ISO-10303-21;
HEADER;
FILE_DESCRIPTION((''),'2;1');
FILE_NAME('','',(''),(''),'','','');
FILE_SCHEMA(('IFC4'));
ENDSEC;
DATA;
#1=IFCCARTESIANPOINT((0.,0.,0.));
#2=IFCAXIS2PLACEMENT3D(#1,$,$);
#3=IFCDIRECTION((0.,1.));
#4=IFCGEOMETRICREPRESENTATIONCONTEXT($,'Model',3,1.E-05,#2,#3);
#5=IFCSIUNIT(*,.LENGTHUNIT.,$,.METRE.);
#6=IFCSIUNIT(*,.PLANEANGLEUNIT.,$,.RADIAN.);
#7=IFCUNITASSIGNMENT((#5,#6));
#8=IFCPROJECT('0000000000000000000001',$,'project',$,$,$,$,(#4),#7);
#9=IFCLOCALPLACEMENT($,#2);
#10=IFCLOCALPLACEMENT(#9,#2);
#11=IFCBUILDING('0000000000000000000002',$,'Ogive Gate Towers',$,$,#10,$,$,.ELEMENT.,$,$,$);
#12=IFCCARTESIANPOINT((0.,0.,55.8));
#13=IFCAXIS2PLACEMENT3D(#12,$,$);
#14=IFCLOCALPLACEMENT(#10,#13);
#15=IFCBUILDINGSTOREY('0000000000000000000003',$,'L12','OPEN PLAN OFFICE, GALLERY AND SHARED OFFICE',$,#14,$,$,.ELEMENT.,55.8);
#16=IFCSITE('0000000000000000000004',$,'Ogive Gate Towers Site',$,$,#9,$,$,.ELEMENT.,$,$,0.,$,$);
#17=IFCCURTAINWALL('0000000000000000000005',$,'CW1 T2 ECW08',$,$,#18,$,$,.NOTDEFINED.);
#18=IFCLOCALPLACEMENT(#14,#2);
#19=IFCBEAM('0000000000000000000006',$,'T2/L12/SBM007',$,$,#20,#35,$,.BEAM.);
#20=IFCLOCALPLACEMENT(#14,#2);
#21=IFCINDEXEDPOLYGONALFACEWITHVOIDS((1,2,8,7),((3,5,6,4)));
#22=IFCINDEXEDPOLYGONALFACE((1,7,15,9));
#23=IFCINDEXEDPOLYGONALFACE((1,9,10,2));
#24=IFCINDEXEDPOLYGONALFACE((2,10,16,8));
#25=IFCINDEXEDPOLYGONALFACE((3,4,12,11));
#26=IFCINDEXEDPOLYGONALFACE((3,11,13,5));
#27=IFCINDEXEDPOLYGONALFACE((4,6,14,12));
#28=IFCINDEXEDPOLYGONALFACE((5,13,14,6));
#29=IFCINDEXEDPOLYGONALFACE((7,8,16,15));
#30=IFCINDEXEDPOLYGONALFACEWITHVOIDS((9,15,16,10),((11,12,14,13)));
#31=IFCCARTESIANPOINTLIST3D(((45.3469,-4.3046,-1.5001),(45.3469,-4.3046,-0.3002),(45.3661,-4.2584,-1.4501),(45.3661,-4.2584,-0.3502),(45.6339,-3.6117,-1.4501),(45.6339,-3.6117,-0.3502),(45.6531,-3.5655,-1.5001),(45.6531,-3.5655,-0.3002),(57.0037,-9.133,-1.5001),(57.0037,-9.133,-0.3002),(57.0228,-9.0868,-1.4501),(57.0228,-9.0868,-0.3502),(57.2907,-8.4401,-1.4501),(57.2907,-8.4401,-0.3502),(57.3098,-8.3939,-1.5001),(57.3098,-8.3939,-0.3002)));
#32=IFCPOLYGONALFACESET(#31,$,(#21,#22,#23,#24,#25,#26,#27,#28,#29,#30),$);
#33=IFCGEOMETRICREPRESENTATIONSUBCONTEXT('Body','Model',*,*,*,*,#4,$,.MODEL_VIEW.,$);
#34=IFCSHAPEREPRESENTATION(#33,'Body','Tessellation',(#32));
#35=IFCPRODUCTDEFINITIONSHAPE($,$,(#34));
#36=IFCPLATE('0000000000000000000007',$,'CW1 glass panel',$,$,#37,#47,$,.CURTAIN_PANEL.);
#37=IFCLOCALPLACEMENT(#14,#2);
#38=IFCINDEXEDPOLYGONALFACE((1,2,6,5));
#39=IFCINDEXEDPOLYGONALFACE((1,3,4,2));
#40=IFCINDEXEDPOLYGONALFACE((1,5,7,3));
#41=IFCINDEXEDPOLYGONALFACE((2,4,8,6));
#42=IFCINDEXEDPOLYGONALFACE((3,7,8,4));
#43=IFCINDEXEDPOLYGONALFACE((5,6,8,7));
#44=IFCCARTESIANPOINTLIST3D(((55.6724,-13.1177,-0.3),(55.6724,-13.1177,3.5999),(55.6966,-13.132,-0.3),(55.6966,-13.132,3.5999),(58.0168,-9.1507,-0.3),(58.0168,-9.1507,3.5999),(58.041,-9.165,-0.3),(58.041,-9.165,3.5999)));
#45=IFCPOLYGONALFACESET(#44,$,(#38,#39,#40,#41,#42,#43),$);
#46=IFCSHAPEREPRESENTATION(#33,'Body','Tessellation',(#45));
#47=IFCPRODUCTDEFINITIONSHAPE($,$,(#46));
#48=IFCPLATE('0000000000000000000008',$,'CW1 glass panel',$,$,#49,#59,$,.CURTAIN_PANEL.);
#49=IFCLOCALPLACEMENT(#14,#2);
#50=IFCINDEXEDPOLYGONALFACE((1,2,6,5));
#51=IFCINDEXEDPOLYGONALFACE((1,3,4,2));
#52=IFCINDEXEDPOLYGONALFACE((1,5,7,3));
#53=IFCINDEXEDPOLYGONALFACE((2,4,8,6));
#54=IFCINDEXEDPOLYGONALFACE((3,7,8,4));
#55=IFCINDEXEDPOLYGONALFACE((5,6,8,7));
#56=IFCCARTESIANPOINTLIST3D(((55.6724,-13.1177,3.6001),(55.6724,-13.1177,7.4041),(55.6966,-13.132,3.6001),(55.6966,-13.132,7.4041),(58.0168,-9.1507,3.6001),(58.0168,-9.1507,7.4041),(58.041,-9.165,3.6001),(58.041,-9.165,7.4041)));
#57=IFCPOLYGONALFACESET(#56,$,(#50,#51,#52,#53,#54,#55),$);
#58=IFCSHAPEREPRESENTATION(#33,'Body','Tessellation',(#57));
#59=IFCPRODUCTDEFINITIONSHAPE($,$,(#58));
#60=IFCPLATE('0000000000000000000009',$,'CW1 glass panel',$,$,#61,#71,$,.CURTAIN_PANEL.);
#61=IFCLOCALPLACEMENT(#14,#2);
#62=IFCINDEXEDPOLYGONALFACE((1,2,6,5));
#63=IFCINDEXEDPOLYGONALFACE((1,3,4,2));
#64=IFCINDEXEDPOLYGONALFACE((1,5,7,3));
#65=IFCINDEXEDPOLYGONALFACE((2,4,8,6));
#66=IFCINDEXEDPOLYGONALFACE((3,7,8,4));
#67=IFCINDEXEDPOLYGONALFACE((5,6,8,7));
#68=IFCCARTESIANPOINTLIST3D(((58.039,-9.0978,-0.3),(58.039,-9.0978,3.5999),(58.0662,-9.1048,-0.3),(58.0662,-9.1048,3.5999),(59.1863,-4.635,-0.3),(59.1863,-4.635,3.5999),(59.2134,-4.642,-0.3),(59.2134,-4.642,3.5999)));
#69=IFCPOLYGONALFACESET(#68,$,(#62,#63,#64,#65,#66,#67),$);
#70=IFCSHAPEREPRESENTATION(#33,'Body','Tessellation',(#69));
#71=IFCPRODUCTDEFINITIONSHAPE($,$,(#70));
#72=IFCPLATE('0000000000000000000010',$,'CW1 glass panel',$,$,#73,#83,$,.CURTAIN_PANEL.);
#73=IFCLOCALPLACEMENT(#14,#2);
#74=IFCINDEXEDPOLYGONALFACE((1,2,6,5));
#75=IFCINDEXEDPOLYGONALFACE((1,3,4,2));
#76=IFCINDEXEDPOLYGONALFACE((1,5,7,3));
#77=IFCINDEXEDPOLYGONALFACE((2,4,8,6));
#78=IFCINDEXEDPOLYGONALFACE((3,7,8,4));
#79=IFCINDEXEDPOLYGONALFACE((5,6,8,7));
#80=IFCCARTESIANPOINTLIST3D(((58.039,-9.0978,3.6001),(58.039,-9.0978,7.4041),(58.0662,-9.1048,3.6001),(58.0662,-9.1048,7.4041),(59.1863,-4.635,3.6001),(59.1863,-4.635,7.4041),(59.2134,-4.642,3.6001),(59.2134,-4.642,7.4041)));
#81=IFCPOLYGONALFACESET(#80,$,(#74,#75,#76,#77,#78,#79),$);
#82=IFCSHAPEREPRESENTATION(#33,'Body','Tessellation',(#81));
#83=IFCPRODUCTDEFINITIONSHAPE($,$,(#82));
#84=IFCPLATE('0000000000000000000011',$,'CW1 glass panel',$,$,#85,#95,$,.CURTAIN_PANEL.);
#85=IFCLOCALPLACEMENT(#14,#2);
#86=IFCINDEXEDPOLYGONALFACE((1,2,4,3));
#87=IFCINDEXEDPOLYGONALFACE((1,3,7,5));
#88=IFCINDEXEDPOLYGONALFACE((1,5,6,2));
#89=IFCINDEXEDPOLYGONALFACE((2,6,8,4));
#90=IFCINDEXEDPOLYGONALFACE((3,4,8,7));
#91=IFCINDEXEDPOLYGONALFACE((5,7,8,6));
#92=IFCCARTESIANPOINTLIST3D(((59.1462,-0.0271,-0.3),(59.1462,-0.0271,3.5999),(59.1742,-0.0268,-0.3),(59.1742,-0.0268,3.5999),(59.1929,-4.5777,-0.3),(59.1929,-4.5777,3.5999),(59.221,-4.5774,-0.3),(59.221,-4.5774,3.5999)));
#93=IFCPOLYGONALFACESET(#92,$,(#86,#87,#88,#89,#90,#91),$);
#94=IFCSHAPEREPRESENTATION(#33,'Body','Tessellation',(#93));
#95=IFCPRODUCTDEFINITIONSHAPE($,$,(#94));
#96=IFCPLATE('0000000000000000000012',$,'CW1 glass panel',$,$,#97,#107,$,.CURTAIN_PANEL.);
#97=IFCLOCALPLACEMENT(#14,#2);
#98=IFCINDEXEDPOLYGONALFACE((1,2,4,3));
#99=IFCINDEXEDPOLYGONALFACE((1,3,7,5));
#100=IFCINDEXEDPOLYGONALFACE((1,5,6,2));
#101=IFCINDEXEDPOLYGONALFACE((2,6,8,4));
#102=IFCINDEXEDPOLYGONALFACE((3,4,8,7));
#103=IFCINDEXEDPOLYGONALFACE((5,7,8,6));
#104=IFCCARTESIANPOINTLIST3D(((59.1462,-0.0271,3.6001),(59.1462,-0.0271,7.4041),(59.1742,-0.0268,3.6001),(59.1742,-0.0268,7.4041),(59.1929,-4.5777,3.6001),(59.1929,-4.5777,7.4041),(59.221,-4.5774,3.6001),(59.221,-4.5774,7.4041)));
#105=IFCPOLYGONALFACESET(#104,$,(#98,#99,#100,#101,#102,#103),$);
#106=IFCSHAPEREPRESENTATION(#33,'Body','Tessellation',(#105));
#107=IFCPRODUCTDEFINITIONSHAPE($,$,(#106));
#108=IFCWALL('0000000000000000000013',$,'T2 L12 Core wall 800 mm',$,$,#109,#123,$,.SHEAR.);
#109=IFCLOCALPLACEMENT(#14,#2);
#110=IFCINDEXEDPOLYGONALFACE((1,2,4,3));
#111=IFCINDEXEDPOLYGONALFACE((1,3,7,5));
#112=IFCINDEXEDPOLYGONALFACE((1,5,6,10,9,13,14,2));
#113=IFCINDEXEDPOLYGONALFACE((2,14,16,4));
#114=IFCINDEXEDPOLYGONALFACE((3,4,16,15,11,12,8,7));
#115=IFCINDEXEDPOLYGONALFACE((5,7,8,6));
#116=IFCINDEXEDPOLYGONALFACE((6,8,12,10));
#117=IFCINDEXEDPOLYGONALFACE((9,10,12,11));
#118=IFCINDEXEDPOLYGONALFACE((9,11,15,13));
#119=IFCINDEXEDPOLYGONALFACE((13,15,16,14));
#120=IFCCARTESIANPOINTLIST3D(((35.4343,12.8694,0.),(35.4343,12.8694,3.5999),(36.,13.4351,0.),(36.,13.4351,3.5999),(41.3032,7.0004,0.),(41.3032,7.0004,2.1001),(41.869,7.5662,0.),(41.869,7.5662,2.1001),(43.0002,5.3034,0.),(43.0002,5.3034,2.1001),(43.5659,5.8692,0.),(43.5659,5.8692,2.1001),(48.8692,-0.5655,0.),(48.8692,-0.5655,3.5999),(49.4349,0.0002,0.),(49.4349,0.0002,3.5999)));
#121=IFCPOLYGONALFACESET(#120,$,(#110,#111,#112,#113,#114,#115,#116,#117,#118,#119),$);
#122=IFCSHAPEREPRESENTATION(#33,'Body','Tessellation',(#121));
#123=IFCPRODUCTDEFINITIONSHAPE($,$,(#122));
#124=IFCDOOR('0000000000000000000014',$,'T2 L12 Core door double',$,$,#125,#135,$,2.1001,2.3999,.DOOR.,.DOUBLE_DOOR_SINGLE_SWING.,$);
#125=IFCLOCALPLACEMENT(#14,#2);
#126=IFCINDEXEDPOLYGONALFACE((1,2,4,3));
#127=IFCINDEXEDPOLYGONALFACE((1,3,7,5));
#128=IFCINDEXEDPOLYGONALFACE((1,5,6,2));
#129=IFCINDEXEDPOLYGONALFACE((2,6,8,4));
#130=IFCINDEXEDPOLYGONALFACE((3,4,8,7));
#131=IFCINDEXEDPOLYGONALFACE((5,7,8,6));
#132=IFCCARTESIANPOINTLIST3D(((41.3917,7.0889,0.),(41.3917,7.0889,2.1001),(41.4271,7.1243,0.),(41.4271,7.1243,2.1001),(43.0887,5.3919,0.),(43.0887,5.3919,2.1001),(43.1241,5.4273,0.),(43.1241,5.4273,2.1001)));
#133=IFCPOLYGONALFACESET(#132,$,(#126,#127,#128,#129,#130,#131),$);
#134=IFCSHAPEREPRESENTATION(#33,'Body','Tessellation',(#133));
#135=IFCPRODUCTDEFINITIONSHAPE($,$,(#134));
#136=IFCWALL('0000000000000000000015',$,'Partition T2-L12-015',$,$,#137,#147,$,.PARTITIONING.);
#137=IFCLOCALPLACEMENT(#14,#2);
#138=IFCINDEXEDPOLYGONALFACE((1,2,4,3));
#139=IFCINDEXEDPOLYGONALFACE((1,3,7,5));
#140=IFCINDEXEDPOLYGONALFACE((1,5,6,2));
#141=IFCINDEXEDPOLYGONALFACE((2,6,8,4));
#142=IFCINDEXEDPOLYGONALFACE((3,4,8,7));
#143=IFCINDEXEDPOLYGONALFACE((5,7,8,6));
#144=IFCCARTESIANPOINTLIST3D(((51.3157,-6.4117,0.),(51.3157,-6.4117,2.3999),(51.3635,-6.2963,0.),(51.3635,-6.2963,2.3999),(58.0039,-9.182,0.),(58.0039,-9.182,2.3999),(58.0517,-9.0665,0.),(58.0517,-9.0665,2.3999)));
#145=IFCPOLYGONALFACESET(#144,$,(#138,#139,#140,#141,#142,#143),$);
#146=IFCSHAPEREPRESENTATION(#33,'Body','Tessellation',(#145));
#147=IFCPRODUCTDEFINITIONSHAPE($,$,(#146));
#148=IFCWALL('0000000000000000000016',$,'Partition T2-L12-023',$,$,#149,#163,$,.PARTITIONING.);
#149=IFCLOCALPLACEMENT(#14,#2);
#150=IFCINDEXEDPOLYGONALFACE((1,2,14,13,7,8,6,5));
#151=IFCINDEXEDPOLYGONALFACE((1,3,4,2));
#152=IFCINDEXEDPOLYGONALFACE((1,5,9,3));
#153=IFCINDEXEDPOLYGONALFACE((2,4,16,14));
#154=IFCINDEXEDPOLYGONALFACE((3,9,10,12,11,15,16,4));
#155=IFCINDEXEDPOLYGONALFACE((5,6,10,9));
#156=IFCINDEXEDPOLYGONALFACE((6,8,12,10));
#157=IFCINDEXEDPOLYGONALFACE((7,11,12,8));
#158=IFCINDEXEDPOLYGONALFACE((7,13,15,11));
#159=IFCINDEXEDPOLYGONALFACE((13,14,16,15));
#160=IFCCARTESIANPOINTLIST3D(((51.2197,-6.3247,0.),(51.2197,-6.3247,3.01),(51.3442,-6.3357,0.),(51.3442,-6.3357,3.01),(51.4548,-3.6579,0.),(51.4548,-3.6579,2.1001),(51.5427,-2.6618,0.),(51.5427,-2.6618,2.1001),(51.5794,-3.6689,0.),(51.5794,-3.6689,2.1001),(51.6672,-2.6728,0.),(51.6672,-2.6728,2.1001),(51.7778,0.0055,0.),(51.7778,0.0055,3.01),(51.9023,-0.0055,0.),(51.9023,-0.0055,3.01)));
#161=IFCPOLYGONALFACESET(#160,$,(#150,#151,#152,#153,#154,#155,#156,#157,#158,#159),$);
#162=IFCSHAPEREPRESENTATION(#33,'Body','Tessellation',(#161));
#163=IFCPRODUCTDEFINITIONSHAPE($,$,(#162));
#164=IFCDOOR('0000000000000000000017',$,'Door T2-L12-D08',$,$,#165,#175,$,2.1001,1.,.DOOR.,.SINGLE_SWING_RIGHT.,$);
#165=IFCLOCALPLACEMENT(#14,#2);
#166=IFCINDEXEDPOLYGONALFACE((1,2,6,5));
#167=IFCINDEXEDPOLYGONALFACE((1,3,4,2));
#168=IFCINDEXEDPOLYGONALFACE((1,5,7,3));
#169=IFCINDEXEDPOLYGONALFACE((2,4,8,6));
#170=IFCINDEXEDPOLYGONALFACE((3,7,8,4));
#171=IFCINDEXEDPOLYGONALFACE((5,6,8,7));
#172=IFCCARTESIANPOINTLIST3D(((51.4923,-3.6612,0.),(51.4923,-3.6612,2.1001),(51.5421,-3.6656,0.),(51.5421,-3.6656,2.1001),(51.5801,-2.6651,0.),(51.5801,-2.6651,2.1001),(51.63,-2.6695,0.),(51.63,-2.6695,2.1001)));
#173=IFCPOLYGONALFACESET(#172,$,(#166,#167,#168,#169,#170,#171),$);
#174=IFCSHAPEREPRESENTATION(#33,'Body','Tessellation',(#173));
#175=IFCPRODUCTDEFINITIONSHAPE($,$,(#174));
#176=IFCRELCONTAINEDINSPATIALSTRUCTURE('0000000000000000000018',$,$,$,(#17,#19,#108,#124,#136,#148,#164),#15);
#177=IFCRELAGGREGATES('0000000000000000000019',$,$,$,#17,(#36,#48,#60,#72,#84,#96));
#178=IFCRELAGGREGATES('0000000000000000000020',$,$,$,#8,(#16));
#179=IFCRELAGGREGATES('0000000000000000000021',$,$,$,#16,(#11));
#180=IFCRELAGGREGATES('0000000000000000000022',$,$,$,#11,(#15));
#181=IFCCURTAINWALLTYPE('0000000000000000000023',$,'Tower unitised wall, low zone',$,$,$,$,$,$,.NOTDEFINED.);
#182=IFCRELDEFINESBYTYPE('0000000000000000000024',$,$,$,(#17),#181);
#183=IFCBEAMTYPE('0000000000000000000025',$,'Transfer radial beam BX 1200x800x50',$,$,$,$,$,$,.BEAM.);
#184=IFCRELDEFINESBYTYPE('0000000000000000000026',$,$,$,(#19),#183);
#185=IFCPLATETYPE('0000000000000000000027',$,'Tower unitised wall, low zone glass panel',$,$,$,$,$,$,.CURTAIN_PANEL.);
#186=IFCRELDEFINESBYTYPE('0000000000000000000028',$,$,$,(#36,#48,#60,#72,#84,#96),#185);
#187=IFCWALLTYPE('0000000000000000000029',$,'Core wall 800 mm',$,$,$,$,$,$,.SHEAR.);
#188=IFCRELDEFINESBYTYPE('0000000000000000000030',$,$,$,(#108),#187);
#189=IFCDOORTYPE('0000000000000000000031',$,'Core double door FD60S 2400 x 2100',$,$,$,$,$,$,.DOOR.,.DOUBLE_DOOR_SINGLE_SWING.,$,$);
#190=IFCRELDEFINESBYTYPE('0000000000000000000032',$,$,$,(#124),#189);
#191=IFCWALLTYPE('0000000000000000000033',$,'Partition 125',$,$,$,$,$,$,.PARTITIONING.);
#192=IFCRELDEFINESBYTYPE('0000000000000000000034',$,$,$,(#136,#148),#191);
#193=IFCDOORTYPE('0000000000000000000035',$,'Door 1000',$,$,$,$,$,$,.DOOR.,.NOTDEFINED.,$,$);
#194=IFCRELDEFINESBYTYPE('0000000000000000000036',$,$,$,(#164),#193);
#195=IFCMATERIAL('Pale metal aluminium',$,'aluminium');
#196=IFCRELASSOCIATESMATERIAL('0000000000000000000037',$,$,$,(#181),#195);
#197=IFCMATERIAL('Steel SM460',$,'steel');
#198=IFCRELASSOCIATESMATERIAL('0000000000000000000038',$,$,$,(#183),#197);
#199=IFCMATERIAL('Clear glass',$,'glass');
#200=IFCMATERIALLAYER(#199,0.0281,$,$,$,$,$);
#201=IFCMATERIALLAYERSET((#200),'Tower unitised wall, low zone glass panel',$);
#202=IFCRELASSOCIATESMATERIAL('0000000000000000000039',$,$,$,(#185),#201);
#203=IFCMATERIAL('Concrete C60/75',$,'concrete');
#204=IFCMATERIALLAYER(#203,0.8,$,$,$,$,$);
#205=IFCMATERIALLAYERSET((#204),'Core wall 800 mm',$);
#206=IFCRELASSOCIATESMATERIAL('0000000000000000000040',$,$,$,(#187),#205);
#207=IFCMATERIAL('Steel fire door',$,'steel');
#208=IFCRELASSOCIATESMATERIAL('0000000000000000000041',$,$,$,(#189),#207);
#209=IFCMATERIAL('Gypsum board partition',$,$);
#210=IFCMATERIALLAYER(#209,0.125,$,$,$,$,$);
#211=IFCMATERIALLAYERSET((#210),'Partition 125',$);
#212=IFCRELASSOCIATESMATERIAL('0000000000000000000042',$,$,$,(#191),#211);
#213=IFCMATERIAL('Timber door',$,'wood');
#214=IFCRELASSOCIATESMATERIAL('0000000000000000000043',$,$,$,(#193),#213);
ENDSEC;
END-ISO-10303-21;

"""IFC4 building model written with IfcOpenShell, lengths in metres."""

from ifc_helpers import new_model, si_unit, direction, frame, frame_2d, origin, origin_2d, place, context, subcontext, project, spatial, rectangle, hollow_rectangle, extrude, material, layer, layer_set, material_profile, profile_set, type_object, element, fill, aggregate, save


model = new_model("IFC4")

# Units and contexts
model_context = context("Model", 3, precision=1e-05, world=origin(), true_north=direction((0.0, 1.0)))
body_context = subcontext(model_context, "Body", "Model", "MODEL_VIEW")
ifc_project = project(units=[si_unit("LENGTHUNIT", "METRE"), si_unit("PLANEANGLEUNIT", "RADIAN")], contexts=[model_context])

# Site, building, storey
site_placement = place(None, origin())
site = spatial("IfcSite", under=ifc_project, at=site_placement, Name="Ogive Gate Towers Site", CompositionType="ELEMENT", RefElevation=0.0)
building_placement = place(site_placement, origin())
building = spatial("IfcBuilding", under=site, at=building_placement, Name="Ogive Gate Towers", CompositionType="ELEMENT")
storey_placement = place(building_placement, frame((0.0, 0.0, 55.8)))
storey = spatial("IfcBuildingStorey", under=building, at=storey_placement, Name="L12", Description="OPEN PLAN OFFICE, GALLERY AND SHARED OFFICE", CompositionType="ELEMENT", Elevation=55.8)

# Shared definitions
ifc_material_1 = material(Name="Steel SM460", Category="steel")

# Curtain wall
ifc_material_2 = material(Name="Pale metal aluminium", Category="aluminium")
curtain_wall_type = type_object("IfcCurtainWallType", Name="Tower unitised wall, low zone", PredefinedType="NOTDEFINED", material=ifc_material_2)
curtain_wall_placement = place(storey_placement, origin())
curtain_wall = element("IfcCurtainWall", 1, at=curtain_wall_placement, inside=storey, type_object=curtain_wall_type, Name="CW1 T2 ECW08", PredefinedType="NOTDEFINED")

# Beam
ifc_material_profile_1 = material_profile(ifc_material_1, hollow_rectangle(XDim=0.8, YDim=1.2, WallThickness=0.05, at=origin_2d()), Name="BX 1200x800x50")
ifc_profile_set_1 = profile_set([ifc_material_profile_1], Name="Steel SM460")
beam_type_1 = type_object("IfcBeamType", Name="Transfer radial beam BX 1200x800x50", PredefinedType="BEAM", material=ifc_profile_set_1)
beam_1_placement = place(storey_placement, frame((45.5, -3.9351, -0.9001), z_axis=(0.92388, -0.382683, 0.0), x_axis=(0.382683, 0.92388, 0.0)))
element("IfcBeam", 2, at=beam_1_placement, inside=storey, type_object=beam_type_1, Name="T2/L12/SBM007", PredefinedType="BEAM", context=body_context, shape_type="SweptSolid", body=[
    extrude(hollow_rectangle(XDim=0.8, YDim=1.2, WallThickness=0.05, at=origin_2d()), origin(), (0.0, 0.0, 1.0), 12.6172),
])

# Plates
ifc_material_3 = material(Name="Clear glass", Category="glass")
ifc_layer_1 = layer(ifc_material_3, 0.0281)
ifc_layer_set_1 = layer_set([ifc_layer_1], Name="Tower unitised wall, low zone glass panel")
plate_type = type_object("IfcPlateType", Name="Tower unitised wall, low zone glass panel", PredefinedType="CURTAIN_PANEL", material=ifc_layer_set_1)
plate_1_placement = place(storey_placement, frame((56.8567, -11.1414, -0.3), z_axis=(0.0, 0.0, 1.0), x_axis=(0.508771, 0.860902, 0.0)))
plate_1 = element("IfcPlate", 3, at=plate_1_placement, type_object=plate_type, Name="CW1 glass panel", PredefinedType="CURTAIN_PANEL", context=body_context, shape_type="SweptSolid", body=[
    extrude(rectangle(XDim=4.6079, YDim=0.0281, at=origin_2d()), origin(), (0.0, 0.0, 1.0), 3.8999),
])
plate_2_placement = place(storey_placement, frame((56.8567, -11.1414, 3.6001), z_axis=(0.0, 0.0, 1.0), x_axis=(0.508771, 0.860902, 0.0)))
plate_2 = element("IfcPlate", 4, at=plate_2_placement, type_object=plate_type, Name="CW1 glass panel", PredefinedType="CURTAIN_PANEL", context=body_context, shape_type="SweptSolid", body=[
    extrude(rectangle(XDim=4.6079, YDim=0.0281, at=origin_2d()), origin(), (0.0, 0.0, 1.0), 3.804),
])
plate_3_placement = place(storey_placement, frame((58.6262, -6.8699, -0.3), z_axis=(0.0, 0.0, 1.0), x_axis=(0.248977, 0.968509, 0.0)))
plate_3 = element("IfcPlate", 5, at=plate_3_placement, type_object=plate_type, Name="CW1 glass panel", PredefinedType="CURTAIN_PANEL", context=body_context, shape_type="SweptSolid", body=[
    extrude(rectangle(XDim=4.6079, YDim=0.0281, at=origin_2d()), origin(), (0.0, 0.0, 1.0), 3.8999),
])
plate_4_placement = place(storey_placement, frame((58.6262, -6.8699, 3.6001), z_axis=(0.0, 0.0, 1.0), x_axis=(0.248977, 0.968509, 0.0)))
plate_4 = element("IfcPlate", 6, at=plate_4_placement, type_object=plate_type, Name="CW1 glass panel", PredefinedType="CURTAIN_PANEL", context=body_context, shape_type="SweptSolid", body=[
    extrude(rectangle(XDim=4.6079, YDim=0.0281, at=origin_2d()), origin(), (0.0, 0.0, 1.0), 3.804),
])
plate_5_placement = place(storey_placement, frame((59.1836, -2.3022, -0.3), z_axis=(0.0, 0.0, 1.0), x_axis=(-0.01028, 0.999947, 0.0)))
plate_5 = element("IfcPlate", 7, at=plate_5_placement, type_object=plate_type, Name="CW1 glass panel", PredefinedType="CURTAIN_PANEL", context=body_context, shape_type="SweptSolid", body=[
    extrude(rectangle(XDim=4.5508, YDim=0.0281, at=origin_2d()), origin(), (0.0, 0.0, 1.0), 3.8999),
])
plate_6_placement = place(storey_placement, frame((59.1836, -2.3022, 3.6001), z_axis=(0.0, 0.0, 1.0), x_axis=(-0.01028, 0.999947, 0.0)))
plate_6 = element("IfcPlate", 8, at=plate_6_placement, type_object=plate_type, Name="CW1 glass panel", PredefinedType="CURTAIN_PANEL", context=body_context, shape_type="SweptSolid", body=[
    extrude(rectangle(XDim=4.5508, YDim=0.0281, at=origin_2d()), origin(), (0.0, 0.0, 1.0), 3.804),
])
aggregate(curtain_wall, [plate_1, plate_2, plate_3, plate_4, plate_5, plate_6])

# Wall, opening, door
ifc_material_4 = material(Name="Concrete C60/75", Category="concrete")
ifc_layer_2 = layer(ifc_material_4, 0.8)
ifc_layer_set_2 = layer_set([ifc_layer_2], Name="Core wall 800 mm")
wall_type_1 = type_object("IfcWallType", Name="Core wall 800 mm", PredefinedType="SHEAR", material=ifc_layer_set_2)
wall_1_placement = place(storey_placement, frame((49.1521, -0.2827, 0.0), z_axis=(0.0, 0.0, 1.0), x_axis=(-0.707107, 0.707107, 0.0)))
wall_1 = element("IfcWall", 9, at=wall_1_placement, inside=storey, type_object=wall_type_1, Name="T2 L12 Core wall 800 mm", PredefinedType="SHEAR", context=body_context, shape_type="SweptSolid", body=[
    extrude(rectangle(XDim=18.9998, YDim=0.8, at=frame_2d((9.5, 0.0))), origin(), (0.0, 0.0, 1.0), 3.5999),
])
opening_1_placement = place(wall_1_placement, frame((8.3, 0.0, 0.0)))
opening_1 = element("IfcOpeningElement", 10, at=opening_1_placement, cuts=wall_1, PredefinedType="OPENING", context=body_context, shape_type="SweptSolid", body=[
    extrude(rectangle(XDim=2.3999, YDim=2.1001, at=frame_2d((1.2, 1.05))), frame((0.0, 0.4102, 0.0), z_axis=(0.0, -1.0, 0.0), x_axis=(1.0, 0.0, 0.0)), (0.0, 0.0, 1.0), 0.8201),
])
ifc_material_5 = material(Name="Steel fire door", Category="steel")
door_type_1 = type_object("IfcDoorType", Name="Core double door FD60S 2400 x 2100", OperationType="DOUBLE_DOOR_SINGLE_SWING", PredefinedType="DOOR", material=ifc_material_5)
door_1_placement = place(opening_1_placement, origin())
door_1 = element("IfcDoor", 11, at=door_1_placement, inside=storey, type_object=door_type_1, Name="T2 L12 Core door double", OperationType="DOUBLE_DOOR_SINGLE_SWING", OverallHeight=2.1001, OverallWidth=2.3999, PredefinedType="DOOR", context=body_context, shape_type="SweptSolid", body=[
    extrude(rectangle(XDim=2.3999, YDim=2.1001, at=frame_2d((1.2, 1.05))), frame((0.0, 0.2749, 0.0), z_axis=(0.0, -1.0, 0.0), x_axis=(1.0, 0.0, 0.0)), (0.0, 0.0, 1.0), 0.05),
])
fill(opening_1, door_1)

# Wall
ifc_material_6 = material(Name="Gypsum board partition")
ifc_layer_3 = layer(ifc_material_6, 0.125)
ifc_layer_set_3 = layer_set([ifc_layer_3], Name="Partition 125")
wall_type_2 = type_object("IfcWallType", Name="Partition 125", PredefinedType="PARTITIONING", material=ifc_layer_set_3)
wall_2_placement = place(storey_placement, frame((58.0278, -9.1243, 0.0), z_axis=(0.0, 0.0, 1.0), x_axis=(-0.923884, 0.382672, 0.0)))
element("IfcWall", 12, at=wall_2_placement, inside=storey, type_object=wall_type_2, Name="Partition T2-L12-015", PredefinedType="PARTITIONING", context=body_context, shape_type="SweptSolid", body=[
    extrude(rectangle(XDim=7.2393, YDim=0.125, at=frame_2d((3.6196, 0.0))), origin(), (0.0, 0.0, 1.0), 2.3999),
])

# Wall, opening, door
wall_3_placement = place(storey_placement, frame((51.282, -6.3301, 0.0), z_axis=(0.0, 0.0, 1.0), x_axis=(0.087827, 0.996136, 0.0)))
wall_3 = element("IfcWall", 13, at=wall_3_placement, inside=storey, type_object=wall_type_2, Name="Partition T2-L12-023", PredefinedType="PARTITIONING", context=body_context, shape_type="SweptSolid", body=[
    extrude(rectangle(XDim=6.3547, YDim=0.125, at=frame_2d((3.1772, 0.0))), origin(), (0.0, 0.0, 1.0), 3.01),
])
opening_2_placement = place(wall_3_placement, frame((2.677, 0.0, 0.0)))
opening_2 = element("IfcOpeningElement", 14, at=opening_2_placement, cuts=wall_3, PredefinedType="OPENING", context=body_context, shape_type="SweptSolid", body=[
    extrude(rectangle(XDim=1.0, YDim=2.1001, at=frame_2d((0.5, 1.05))), frame((0.0, 0.0725, 0.0), z_axis=(0.0, -1.0, 0.0), x_axis=(1.0, 0.0, 0.0)), (0.0, 0.0, 1.0), 0.145),
])
ifc_material_7 = material(Name="Timber door", Category="wood")
door_type_2 = type_object("IfcDoorType", Name="Door 1000", OperationType="NOTDEFINED", PredefinedType="DOOR", material=ifc_material_7)
door_2_placement = place(opening_2_placement, origin())
door_2 = element("IfcDoor", 15, at=door_2_placement, inside=storey, type_object=door_type_2, Name="Door T2-L12-D08", OperationType="SINGLE_SWING_RIGHT", OverallHeight=2.1001, OverallWidth=1.0, PredefinedType="DOOR", context=body_context, shape_type="SweptSolid", body=[
    extrude(rectangle(XDim=1.0, YDim=2.1001, at=frame_2d((0.5, 1.05))), frame((0.0, 0.0249, 0.0), z_axis=(0.0, -1.0, 0.0), x_axis=(1.0, 0.0, 0.0)), (0.0, 0.0, 1.0), 0.05),
])
fill(opening_2, door_2)

save(model, "model.ifc")
